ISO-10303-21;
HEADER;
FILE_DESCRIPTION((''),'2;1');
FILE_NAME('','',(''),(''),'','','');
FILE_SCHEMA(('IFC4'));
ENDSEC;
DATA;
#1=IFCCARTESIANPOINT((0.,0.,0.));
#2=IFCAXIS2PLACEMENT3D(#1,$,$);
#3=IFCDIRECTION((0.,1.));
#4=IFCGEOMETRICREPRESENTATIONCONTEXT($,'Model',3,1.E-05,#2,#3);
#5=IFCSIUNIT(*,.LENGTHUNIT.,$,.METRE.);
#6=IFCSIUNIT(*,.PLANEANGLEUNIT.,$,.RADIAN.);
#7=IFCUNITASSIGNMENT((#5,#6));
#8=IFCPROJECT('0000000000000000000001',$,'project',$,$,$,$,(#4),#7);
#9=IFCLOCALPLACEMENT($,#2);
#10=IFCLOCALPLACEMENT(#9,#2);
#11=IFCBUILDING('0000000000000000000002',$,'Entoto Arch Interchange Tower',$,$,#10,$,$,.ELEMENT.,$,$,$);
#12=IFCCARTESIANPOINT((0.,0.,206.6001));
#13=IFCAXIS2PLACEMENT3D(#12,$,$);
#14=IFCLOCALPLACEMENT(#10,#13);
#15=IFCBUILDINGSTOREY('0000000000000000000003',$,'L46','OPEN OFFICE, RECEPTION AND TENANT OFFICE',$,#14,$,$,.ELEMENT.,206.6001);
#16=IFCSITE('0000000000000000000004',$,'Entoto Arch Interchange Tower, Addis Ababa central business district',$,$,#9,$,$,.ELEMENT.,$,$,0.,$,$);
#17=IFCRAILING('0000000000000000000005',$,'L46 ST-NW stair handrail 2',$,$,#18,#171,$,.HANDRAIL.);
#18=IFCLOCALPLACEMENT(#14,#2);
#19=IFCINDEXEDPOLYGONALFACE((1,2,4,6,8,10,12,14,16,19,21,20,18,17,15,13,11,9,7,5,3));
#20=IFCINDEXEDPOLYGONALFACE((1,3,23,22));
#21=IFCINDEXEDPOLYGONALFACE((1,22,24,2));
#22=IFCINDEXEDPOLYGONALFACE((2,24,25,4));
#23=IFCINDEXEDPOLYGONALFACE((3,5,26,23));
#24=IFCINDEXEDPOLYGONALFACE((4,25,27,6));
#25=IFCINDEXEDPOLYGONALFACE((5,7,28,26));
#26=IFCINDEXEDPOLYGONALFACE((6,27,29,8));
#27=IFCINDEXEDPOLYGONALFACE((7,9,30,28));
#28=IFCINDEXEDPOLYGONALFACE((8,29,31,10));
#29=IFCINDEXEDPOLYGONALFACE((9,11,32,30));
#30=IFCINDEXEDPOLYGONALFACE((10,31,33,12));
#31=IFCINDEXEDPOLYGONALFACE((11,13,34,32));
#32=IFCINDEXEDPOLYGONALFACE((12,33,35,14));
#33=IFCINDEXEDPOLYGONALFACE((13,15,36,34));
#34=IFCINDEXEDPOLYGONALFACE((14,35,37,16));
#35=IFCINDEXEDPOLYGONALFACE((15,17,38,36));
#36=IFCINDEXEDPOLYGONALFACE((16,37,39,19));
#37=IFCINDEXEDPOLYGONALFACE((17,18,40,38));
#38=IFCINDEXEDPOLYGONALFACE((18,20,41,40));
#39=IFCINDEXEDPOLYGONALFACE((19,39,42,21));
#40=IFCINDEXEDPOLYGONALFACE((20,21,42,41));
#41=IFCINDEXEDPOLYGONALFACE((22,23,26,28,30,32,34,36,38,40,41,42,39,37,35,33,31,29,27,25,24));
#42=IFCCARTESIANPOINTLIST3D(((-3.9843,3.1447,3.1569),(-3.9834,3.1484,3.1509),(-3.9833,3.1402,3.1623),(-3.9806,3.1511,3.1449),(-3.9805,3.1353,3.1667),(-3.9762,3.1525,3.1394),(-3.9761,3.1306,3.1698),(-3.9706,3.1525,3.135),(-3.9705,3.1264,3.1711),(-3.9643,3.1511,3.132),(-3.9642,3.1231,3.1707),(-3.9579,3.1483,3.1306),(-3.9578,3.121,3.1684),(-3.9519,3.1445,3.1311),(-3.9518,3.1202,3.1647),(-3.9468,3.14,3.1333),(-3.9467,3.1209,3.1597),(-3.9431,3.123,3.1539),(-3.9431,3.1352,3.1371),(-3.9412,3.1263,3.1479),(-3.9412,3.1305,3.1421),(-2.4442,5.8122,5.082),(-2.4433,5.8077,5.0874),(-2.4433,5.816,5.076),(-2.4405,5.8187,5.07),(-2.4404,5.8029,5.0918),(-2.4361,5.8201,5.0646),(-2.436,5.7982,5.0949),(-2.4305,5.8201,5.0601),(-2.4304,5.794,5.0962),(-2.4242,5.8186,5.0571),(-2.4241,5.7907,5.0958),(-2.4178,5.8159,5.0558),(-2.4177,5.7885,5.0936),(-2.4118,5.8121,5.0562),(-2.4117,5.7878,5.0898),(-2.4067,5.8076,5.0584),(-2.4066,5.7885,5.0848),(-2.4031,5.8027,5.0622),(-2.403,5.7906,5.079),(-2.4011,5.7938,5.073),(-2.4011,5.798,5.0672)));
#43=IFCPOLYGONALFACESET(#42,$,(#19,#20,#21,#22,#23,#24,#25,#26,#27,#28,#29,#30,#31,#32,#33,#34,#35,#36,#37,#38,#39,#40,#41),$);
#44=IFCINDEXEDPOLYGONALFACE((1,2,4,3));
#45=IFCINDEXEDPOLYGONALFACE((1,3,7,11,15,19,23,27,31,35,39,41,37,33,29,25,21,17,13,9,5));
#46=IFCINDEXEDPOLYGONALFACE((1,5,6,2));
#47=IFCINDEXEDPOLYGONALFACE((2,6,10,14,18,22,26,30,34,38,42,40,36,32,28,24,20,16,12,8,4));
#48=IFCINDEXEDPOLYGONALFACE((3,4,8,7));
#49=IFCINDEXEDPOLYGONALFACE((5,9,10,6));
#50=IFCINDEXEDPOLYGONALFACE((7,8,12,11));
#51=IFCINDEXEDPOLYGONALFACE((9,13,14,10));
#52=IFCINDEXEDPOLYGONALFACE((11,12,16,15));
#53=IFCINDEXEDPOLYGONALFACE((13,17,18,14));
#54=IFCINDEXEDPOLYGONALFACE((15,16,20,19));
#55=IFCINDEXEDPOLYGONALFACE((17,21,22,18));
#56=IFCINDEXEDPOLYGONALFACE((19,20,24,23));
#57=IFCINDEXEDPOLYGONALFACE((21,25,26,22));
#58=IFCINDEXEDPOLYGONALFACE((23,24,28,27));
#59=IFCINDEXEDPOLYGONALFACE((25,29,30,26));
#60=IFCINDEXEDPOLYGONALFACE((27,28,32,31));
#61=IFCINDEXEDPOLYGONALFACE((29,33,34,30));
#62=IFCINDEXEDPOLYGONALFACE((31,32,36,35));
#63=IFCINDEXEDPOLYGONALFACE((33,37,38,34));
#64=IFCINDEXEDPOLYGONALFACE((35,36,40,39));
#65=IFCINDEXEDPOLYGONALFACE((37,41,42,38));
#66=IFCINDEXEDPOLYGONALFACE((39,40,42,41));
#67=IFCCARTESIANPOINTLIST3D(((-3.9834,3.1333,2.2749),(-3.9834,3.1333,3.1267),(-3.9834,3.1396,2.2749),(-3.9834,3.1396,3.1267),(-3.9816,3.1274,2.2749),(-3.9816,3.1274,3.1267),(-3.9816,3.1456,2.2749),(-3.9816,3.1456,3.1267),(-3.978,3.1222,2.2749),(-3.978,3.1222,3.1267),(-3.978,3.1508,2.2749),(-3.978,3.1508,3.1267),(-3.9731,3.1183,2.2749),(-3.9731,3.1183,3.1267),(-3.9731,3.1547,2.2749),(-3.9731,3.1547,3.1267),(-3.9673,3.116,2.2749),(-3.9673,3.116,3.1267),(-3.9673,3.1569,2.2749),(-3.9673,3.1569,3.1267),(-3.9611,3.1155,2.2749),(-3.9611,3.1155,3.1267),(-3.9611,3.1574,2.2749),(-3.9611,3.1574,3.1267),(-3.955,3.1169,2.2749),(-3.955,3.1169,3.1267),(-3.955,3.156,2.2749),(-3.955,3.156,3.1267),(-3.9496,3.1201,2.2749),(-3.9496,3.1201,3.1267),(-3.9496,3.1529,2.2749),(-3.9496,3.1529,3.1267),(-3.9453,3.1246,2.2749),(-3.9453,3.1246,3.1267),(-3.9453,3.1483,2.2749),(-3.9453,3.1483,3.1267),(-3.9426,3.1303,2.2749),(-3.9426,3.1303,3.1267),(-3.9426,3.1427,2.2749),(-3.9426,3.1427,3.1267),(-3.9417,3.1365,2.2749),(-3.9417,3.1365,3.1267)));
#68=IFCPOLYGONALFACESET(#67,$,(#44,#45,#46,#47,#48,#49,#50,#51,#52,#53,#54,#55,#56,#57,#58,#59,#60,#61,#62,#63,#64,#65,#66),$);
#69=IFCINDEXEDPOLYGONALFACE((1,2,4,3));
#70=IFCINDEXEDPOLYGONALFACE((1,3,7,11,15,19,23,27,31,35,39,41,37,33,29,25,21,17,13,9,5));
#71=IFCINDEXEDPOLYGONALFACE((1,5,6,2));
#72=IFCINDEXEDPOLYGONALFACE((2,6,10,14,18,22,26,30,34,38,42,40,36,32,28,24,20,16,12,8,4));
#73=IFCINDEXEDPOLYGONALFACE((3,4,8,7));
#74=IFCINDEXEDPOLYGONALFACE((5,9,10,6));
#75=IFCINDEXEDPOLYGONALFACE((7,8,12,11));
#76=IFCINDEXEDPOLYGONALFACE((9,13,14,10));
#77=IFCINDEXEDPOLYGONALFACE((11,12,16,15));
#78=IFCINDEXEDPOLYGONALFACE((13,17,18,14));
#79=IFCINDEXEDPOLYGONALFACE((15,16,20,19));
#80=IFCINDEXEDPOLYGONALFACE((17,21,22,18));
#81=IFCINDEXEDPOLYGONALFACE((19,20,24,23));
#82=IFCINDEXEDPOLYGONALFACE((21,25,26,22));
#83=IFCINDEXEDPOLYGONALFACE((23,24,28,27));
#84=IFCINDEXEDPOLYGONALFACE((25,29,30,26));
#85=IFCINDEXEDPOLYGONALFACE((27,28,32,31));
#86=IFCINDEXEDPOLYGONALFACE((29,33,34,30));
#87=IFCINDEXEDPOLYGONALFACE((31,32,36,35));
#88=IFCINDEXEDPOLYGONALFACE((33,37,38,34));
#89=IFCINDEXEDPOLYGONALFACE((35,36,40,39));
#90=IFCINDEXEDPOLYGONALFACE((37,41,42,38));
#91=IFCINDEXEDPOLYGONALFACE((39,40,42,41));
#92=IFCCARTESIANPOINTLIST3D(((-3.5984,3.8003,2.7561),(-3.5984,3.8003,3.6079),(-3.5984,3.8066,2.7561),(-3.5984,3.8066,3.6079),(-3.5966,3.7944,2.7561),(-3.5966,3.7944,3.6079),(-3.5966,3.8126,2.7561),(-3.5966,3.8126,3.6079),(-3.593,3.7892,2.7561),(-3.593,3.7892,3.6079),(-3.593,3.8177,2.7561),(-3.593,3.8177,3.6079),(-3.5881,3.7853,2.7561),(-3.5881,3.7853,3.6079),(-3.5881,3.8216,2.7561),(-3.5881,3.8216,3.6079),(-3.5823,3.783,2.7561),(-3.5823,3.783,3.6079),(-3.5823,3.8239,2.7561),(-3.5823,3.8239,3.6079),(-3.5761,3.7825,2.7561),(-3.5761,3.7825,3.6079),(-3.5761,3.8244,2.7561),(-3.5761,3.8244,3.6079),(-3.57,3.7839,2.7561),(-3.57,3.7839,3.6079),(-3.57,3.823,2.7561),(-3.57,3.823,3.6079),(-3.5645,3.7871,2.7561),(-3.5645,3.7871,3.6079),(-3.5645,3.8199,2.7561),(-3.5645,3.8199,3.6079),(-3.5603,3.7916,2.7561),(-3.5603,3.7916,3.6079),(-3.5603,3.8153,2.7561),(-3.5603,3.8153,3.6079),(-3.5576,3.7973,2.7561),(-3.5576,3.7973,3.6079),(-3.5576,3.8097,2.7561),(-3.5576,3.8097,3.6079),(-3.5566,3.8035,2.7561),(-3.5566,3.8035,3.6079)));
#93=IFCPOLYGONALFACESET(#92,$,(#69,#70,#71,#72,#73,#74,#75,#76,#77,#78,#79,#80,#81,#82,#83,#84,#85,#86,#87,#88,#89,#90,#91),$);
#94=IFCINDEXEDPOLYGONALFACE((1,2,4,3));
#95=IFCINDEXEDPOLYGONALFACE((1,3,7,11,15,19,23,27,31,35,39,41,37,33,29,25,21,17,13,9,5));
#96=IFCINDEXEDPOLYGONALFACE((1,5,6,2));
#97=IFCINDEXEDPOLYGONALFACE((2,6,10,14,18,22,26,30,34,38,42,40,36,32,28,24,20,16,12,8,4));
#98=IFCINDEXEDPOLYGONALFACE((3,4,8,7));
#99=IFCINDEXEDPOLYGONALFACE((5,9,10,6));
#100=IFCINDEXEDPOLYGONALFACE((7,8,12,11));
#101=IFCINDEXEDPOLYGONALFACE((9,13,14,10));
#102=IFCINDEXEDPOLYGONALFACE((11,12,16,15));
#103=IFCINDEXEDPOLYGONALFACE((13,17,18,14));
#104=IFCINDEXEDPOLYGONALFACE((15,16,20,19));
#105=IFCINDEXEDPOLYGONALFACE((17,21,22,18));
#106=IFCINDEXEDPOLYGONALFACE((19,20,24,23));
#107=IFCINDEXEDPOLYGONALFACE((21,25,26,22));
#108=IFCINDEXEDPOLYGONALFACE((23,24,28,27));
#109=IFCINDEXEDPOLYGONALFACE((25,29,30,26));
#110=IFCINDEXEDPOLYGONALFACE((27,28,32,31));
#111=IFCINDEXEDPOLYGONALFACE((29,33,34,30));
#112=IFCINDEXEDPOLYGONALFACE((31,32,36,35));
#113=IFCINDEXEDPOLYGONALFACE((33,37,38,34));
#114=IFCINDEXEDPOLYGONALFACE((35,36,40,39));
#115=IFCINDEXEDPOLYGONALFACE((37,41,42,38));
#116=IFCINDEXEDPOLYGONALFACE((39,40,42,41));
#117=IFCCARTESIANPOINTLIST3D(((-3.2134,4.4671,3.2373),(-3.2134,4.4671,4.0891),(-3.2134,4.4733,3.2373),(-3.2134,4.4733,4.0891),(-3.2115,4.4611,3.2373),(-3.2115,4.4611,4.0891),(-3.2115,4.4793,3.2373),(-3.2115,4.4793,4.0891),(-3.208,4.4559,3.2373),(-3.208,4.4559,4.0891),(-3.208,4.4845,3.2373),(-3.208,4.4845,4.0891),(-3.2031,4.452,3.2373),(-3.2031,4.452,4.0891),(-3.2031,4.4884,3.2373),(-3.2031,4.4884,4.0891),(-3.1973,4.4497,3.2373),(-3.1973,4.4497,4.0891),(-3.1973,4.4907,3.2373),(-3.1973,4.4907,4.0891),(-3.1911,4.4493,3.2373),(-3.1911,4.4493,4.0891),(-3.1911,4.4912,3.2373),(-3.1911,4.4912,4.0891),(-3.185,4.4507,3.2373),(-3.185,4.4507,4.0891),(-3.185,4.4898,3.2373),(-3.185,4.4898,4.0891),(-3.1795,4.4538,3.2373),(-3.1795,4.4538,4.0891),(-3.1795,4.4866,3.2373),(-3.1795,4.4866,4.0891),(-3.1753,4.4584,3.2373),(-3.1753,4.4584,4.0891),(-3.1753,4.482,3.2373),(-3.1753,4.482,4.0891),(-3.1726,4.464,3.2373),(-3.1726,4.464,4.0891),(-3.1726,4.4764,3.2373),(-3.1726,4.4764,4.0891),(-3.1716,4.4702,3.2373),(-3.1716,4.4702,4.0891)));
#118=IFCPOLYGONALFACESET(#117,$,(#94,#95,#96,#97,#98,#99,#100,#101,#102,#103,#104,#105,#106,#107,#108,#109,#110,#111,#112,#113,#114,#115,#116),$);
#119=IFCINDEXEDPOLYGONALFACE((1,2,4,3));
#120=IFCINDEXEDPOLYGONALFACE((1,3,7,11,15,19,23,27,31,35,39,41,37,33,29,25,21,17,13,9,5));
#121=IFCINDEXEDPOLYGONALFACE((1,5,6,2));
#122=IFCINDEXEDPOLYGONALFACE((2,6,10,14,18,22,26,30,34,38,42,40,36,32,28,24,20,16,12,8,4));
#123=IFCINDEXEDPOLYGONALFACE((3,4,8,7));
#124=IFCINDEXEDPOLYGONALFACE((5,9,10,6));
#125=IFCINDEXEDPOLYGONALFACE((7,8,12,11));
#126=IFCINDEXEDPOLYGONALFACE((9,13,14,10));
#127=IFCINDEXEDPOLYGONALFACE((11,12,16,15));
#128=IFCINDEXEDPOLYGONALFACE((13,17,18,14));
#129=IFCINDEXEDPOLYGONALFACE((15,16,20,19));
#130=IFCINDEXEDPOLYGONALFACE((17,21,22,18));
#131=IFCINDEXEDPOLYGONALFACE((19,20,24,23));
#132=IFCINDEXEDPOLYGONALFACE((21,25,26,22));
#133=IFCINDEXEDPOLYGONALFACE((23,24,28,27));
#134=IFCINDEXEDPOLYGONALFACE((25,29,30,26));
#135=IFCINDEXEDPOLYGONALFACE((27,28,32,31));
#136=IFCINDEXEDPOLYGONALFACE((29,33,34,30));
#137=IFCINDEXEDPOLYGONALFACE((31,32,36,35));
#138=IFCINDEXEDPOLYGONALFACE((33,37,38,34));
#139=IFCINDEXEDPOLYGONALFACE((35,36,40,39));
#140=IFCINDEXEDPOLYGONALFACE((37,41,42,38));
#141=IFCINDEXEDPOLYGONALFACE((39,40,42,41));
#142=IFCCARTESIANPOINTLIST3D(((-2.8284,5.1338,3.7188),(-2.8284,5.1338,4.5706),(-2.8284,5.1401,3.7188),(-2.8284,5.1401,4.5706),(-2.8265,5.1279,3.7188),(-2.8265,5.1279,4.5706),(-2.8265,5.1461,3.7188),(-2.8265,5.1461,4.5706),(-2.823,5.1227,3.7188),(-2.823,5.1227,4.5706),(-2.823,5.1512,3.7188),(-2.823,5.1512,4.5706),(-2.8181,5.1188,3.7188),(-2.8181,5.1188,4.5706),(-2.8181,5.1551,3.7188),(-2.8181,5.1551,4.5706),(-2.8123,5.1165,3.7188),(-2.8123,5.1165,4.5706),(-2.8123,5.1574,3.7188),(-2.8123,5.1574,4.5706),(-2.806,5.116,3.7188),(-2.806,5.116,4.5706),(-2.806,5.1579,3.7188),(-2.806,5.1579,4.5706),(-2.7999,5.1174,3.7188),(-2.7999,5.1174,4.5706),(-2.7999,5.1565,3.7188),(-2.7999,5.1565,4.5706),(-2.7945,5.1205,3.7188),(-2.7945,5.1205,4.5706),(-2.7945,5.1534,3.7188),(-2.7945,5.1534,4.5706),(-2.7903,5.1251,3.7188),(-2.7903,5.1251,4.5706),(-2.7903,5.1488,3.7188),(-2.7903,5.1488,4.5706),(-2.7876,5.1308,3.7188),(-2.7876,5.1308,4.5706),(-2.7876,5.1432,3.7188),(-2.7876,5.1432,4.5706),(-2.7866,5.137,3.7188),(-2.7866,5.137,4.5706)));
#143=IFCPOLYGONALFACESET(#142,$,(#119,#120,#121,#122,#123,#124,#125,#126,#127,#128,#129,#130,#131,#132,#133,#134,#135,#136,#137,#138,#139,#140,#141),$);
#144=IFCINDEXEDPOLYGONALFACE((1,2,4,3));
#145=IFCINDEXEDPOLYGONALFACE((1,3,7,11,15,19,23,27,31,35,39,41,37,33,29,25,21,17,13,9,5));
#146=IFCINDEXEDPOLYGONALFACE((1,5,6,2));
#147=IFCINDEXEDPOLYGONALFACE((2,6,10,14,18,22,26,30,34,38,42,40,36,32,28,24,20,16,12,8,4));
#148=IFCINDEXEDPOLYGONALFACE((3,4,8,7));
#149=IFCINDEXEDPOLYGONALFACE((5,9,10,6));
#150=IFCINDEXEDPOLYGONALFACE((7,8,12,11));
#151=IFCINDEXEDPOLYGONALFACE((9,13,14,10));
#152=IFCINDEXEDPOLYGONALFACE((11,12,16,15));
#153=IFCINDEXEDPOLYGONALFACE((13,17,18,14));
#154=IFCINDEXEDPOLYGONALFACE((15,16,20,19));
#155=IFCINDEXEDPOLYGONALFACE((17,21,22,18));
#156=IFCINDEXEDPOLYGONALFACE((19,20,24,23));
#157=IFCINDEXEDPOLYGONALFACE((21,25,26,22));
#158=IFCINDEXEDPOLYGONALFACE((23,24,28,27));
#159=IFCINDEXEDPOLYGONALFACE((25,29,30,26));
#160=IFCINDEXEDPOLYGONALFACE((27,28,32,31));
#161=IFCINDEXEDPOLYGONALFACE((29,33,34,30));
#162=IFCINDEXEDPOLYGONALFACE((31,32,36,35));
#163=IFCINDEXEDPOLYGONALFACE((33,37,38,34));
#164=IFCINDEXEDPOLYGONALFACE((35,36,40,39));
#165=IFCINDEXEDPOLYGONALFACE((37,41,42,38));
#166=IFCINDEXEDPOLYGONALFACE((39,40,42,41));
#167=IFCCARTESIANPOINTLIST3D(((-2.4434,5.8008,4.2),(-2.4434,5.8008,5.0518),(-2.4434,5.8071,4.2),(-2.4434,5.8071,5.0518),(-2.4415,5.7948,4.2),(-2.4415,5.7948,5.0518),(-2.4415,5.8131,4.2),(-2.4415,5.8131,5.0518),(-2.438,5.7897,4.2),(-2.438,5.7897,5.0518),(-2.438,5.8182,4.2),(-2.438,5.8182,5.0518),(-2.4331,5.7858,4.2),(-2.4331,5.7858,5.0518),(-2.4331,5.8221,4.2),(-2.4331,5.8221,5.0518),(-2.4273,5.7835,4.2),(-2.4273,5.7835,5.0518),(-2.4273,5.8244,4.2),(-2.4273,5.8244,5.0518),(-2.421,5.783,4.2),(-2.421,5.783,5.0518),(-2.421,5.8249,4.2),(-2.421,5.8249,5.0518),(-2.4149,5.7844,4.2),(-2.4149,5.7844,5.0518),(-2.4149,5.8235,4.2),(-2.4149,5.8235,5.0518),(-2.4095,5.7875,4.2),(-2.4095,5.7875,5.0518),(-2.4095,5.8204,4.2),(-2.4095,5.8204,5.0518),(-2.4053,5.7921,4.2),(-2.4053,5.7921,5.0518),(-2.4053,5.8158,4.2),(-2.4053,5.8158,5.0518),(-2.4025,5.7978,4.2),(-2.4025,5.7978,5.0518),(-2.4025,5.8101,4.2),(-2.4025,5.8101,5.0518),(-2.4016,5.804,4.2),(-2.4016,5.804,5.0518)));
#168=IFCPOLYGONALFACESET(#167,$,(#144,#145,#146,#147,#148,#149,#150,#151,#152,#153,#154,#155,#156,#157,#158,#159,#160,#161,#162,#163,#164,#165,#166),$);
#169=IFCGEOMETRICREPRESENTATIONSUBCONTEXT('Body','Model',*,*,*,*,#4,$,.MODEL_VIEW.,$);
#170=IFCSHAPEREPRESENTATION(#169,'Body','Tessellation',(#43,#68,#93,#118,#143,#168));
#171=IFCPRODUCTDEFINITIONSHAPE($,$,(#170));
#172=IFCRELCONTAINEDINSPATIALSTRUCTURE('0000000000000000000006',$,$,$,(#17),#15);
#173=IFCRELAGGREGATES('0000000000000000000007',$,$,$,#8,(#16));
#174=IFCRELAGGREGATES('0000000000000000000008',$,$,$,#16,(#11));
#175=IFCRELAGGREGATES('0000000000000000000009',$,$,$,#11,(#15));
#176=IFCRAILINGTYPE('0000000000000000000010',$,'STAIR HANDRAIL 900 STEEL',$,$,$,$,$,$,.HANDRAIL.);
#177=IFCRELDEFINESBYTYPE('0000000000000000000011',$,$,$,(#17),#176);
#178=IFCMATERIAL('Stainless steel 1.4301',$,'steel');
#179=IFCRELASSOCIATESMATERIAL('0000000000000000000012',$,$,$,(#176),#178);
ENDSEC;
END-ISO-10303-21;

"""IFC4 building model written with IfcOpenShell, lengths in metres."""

from ifc_helpers import new_model, si_unit, direction, frame, origin, origin_2d, place, context, subcontext, project, spatial, circle, extrude, material, type_object, element, save


model = new_model("IFC4")

# Units and contexts
model_context = context("Model", 3, precision=1e-05, world=origin(), true_north=direction((0.0, 1.0)))
body_context = subcontext(model_context, "Body", "Model", "MODEL_VIEW")
ifc_project = project(units=[si_unit("LENGTHUNIT", "METRE"), si_unit("PLANEANGLEUNIT", "RADIAN")], contexts=[model_context])

# Site, building, storey
site_placement = place(None, origin())
site = spatial("IfcSite", under=ifc_project, at=site_placement, Name="Entoto Arch Interchange Tower, Addis Ababa central business district", CompositionType="ELEMENT", RefElevation=0.0)
building_placement = place(site_placement, origin())
building = spatial("IfcBuilding", under=site, at=building_placement, Name="Entoto Arch Interchange Tower", CompositionType="ELEMENT")
storey_placement = place(building_placement, frame((0.0, 0.0, 206.6001)))
storey = spatial("IfcBuildingStorey", under=building, at=storey_placement, Name="L46", Description="OPEN OFFICE, RECEPTION AND TENANT OFFICE", CompositionType="ELEMENT", Elevation=206.6001)

# Railing
ifc_material_1 = material(Name="Stainless steel 1.4301", Category="steel")
railing_type_1 = type_object("IfcRailingType", Name="STAIR HANDRAIL 900 STEEL", PredefinedType="HANDRAIL", material=ifc_material_1)
railing_1_placement = place(storey_placement, frame((-3.9626, 3.1365, 2.2749)))
element("IfcRailing", 1, at=railing_1_placement, inside=storey, type_object=railing_type_1, Name="L46 ST-NW stair handrail 2", PredefinedType="HANDRAIL", context=body_context, shape_type="SweptSolid", body=[
    extrude(circle(Radius=0.0239, at=origin_2d()), frame((0.0, 0.0, 0.876), z_axis=(0.423994, 0.734395, 0.529993), x_axis=(-0.86603, 0.499992, 0.0)), (0.0, 0.0, 1.0), 3.6323),
    extrude(circle(Radius=0.021, at=origin_2d()), origin(), (0.0, 0.0, 1.0), 0.8518),
    extrude(circle(Radius=0.021, at=origin_2d()), frame((0.385, 0.667, 0.4812)), (0.0, 0.0, 1.0), 0.8518),
    extrude(circle(Radius=0.021, at=origin_2d()), frame((0.77, 1.3337, 0.9624)), (0.0, 0.0, 1.0), 0.8518),
    extrude(circle(Radius=0.021, at=origin_2d()), frame((1.155, 2.0005, 1.4438)), (0.0, 0.0, 1.0), 0.8518),
    extrude(circle(Radius=0.021, at=origin_2d()), frame((1.54, 2.6675, 1.925)), (0.0, 0.0, 1.0), 0.8518),
])

save(model, "model.ifc")
